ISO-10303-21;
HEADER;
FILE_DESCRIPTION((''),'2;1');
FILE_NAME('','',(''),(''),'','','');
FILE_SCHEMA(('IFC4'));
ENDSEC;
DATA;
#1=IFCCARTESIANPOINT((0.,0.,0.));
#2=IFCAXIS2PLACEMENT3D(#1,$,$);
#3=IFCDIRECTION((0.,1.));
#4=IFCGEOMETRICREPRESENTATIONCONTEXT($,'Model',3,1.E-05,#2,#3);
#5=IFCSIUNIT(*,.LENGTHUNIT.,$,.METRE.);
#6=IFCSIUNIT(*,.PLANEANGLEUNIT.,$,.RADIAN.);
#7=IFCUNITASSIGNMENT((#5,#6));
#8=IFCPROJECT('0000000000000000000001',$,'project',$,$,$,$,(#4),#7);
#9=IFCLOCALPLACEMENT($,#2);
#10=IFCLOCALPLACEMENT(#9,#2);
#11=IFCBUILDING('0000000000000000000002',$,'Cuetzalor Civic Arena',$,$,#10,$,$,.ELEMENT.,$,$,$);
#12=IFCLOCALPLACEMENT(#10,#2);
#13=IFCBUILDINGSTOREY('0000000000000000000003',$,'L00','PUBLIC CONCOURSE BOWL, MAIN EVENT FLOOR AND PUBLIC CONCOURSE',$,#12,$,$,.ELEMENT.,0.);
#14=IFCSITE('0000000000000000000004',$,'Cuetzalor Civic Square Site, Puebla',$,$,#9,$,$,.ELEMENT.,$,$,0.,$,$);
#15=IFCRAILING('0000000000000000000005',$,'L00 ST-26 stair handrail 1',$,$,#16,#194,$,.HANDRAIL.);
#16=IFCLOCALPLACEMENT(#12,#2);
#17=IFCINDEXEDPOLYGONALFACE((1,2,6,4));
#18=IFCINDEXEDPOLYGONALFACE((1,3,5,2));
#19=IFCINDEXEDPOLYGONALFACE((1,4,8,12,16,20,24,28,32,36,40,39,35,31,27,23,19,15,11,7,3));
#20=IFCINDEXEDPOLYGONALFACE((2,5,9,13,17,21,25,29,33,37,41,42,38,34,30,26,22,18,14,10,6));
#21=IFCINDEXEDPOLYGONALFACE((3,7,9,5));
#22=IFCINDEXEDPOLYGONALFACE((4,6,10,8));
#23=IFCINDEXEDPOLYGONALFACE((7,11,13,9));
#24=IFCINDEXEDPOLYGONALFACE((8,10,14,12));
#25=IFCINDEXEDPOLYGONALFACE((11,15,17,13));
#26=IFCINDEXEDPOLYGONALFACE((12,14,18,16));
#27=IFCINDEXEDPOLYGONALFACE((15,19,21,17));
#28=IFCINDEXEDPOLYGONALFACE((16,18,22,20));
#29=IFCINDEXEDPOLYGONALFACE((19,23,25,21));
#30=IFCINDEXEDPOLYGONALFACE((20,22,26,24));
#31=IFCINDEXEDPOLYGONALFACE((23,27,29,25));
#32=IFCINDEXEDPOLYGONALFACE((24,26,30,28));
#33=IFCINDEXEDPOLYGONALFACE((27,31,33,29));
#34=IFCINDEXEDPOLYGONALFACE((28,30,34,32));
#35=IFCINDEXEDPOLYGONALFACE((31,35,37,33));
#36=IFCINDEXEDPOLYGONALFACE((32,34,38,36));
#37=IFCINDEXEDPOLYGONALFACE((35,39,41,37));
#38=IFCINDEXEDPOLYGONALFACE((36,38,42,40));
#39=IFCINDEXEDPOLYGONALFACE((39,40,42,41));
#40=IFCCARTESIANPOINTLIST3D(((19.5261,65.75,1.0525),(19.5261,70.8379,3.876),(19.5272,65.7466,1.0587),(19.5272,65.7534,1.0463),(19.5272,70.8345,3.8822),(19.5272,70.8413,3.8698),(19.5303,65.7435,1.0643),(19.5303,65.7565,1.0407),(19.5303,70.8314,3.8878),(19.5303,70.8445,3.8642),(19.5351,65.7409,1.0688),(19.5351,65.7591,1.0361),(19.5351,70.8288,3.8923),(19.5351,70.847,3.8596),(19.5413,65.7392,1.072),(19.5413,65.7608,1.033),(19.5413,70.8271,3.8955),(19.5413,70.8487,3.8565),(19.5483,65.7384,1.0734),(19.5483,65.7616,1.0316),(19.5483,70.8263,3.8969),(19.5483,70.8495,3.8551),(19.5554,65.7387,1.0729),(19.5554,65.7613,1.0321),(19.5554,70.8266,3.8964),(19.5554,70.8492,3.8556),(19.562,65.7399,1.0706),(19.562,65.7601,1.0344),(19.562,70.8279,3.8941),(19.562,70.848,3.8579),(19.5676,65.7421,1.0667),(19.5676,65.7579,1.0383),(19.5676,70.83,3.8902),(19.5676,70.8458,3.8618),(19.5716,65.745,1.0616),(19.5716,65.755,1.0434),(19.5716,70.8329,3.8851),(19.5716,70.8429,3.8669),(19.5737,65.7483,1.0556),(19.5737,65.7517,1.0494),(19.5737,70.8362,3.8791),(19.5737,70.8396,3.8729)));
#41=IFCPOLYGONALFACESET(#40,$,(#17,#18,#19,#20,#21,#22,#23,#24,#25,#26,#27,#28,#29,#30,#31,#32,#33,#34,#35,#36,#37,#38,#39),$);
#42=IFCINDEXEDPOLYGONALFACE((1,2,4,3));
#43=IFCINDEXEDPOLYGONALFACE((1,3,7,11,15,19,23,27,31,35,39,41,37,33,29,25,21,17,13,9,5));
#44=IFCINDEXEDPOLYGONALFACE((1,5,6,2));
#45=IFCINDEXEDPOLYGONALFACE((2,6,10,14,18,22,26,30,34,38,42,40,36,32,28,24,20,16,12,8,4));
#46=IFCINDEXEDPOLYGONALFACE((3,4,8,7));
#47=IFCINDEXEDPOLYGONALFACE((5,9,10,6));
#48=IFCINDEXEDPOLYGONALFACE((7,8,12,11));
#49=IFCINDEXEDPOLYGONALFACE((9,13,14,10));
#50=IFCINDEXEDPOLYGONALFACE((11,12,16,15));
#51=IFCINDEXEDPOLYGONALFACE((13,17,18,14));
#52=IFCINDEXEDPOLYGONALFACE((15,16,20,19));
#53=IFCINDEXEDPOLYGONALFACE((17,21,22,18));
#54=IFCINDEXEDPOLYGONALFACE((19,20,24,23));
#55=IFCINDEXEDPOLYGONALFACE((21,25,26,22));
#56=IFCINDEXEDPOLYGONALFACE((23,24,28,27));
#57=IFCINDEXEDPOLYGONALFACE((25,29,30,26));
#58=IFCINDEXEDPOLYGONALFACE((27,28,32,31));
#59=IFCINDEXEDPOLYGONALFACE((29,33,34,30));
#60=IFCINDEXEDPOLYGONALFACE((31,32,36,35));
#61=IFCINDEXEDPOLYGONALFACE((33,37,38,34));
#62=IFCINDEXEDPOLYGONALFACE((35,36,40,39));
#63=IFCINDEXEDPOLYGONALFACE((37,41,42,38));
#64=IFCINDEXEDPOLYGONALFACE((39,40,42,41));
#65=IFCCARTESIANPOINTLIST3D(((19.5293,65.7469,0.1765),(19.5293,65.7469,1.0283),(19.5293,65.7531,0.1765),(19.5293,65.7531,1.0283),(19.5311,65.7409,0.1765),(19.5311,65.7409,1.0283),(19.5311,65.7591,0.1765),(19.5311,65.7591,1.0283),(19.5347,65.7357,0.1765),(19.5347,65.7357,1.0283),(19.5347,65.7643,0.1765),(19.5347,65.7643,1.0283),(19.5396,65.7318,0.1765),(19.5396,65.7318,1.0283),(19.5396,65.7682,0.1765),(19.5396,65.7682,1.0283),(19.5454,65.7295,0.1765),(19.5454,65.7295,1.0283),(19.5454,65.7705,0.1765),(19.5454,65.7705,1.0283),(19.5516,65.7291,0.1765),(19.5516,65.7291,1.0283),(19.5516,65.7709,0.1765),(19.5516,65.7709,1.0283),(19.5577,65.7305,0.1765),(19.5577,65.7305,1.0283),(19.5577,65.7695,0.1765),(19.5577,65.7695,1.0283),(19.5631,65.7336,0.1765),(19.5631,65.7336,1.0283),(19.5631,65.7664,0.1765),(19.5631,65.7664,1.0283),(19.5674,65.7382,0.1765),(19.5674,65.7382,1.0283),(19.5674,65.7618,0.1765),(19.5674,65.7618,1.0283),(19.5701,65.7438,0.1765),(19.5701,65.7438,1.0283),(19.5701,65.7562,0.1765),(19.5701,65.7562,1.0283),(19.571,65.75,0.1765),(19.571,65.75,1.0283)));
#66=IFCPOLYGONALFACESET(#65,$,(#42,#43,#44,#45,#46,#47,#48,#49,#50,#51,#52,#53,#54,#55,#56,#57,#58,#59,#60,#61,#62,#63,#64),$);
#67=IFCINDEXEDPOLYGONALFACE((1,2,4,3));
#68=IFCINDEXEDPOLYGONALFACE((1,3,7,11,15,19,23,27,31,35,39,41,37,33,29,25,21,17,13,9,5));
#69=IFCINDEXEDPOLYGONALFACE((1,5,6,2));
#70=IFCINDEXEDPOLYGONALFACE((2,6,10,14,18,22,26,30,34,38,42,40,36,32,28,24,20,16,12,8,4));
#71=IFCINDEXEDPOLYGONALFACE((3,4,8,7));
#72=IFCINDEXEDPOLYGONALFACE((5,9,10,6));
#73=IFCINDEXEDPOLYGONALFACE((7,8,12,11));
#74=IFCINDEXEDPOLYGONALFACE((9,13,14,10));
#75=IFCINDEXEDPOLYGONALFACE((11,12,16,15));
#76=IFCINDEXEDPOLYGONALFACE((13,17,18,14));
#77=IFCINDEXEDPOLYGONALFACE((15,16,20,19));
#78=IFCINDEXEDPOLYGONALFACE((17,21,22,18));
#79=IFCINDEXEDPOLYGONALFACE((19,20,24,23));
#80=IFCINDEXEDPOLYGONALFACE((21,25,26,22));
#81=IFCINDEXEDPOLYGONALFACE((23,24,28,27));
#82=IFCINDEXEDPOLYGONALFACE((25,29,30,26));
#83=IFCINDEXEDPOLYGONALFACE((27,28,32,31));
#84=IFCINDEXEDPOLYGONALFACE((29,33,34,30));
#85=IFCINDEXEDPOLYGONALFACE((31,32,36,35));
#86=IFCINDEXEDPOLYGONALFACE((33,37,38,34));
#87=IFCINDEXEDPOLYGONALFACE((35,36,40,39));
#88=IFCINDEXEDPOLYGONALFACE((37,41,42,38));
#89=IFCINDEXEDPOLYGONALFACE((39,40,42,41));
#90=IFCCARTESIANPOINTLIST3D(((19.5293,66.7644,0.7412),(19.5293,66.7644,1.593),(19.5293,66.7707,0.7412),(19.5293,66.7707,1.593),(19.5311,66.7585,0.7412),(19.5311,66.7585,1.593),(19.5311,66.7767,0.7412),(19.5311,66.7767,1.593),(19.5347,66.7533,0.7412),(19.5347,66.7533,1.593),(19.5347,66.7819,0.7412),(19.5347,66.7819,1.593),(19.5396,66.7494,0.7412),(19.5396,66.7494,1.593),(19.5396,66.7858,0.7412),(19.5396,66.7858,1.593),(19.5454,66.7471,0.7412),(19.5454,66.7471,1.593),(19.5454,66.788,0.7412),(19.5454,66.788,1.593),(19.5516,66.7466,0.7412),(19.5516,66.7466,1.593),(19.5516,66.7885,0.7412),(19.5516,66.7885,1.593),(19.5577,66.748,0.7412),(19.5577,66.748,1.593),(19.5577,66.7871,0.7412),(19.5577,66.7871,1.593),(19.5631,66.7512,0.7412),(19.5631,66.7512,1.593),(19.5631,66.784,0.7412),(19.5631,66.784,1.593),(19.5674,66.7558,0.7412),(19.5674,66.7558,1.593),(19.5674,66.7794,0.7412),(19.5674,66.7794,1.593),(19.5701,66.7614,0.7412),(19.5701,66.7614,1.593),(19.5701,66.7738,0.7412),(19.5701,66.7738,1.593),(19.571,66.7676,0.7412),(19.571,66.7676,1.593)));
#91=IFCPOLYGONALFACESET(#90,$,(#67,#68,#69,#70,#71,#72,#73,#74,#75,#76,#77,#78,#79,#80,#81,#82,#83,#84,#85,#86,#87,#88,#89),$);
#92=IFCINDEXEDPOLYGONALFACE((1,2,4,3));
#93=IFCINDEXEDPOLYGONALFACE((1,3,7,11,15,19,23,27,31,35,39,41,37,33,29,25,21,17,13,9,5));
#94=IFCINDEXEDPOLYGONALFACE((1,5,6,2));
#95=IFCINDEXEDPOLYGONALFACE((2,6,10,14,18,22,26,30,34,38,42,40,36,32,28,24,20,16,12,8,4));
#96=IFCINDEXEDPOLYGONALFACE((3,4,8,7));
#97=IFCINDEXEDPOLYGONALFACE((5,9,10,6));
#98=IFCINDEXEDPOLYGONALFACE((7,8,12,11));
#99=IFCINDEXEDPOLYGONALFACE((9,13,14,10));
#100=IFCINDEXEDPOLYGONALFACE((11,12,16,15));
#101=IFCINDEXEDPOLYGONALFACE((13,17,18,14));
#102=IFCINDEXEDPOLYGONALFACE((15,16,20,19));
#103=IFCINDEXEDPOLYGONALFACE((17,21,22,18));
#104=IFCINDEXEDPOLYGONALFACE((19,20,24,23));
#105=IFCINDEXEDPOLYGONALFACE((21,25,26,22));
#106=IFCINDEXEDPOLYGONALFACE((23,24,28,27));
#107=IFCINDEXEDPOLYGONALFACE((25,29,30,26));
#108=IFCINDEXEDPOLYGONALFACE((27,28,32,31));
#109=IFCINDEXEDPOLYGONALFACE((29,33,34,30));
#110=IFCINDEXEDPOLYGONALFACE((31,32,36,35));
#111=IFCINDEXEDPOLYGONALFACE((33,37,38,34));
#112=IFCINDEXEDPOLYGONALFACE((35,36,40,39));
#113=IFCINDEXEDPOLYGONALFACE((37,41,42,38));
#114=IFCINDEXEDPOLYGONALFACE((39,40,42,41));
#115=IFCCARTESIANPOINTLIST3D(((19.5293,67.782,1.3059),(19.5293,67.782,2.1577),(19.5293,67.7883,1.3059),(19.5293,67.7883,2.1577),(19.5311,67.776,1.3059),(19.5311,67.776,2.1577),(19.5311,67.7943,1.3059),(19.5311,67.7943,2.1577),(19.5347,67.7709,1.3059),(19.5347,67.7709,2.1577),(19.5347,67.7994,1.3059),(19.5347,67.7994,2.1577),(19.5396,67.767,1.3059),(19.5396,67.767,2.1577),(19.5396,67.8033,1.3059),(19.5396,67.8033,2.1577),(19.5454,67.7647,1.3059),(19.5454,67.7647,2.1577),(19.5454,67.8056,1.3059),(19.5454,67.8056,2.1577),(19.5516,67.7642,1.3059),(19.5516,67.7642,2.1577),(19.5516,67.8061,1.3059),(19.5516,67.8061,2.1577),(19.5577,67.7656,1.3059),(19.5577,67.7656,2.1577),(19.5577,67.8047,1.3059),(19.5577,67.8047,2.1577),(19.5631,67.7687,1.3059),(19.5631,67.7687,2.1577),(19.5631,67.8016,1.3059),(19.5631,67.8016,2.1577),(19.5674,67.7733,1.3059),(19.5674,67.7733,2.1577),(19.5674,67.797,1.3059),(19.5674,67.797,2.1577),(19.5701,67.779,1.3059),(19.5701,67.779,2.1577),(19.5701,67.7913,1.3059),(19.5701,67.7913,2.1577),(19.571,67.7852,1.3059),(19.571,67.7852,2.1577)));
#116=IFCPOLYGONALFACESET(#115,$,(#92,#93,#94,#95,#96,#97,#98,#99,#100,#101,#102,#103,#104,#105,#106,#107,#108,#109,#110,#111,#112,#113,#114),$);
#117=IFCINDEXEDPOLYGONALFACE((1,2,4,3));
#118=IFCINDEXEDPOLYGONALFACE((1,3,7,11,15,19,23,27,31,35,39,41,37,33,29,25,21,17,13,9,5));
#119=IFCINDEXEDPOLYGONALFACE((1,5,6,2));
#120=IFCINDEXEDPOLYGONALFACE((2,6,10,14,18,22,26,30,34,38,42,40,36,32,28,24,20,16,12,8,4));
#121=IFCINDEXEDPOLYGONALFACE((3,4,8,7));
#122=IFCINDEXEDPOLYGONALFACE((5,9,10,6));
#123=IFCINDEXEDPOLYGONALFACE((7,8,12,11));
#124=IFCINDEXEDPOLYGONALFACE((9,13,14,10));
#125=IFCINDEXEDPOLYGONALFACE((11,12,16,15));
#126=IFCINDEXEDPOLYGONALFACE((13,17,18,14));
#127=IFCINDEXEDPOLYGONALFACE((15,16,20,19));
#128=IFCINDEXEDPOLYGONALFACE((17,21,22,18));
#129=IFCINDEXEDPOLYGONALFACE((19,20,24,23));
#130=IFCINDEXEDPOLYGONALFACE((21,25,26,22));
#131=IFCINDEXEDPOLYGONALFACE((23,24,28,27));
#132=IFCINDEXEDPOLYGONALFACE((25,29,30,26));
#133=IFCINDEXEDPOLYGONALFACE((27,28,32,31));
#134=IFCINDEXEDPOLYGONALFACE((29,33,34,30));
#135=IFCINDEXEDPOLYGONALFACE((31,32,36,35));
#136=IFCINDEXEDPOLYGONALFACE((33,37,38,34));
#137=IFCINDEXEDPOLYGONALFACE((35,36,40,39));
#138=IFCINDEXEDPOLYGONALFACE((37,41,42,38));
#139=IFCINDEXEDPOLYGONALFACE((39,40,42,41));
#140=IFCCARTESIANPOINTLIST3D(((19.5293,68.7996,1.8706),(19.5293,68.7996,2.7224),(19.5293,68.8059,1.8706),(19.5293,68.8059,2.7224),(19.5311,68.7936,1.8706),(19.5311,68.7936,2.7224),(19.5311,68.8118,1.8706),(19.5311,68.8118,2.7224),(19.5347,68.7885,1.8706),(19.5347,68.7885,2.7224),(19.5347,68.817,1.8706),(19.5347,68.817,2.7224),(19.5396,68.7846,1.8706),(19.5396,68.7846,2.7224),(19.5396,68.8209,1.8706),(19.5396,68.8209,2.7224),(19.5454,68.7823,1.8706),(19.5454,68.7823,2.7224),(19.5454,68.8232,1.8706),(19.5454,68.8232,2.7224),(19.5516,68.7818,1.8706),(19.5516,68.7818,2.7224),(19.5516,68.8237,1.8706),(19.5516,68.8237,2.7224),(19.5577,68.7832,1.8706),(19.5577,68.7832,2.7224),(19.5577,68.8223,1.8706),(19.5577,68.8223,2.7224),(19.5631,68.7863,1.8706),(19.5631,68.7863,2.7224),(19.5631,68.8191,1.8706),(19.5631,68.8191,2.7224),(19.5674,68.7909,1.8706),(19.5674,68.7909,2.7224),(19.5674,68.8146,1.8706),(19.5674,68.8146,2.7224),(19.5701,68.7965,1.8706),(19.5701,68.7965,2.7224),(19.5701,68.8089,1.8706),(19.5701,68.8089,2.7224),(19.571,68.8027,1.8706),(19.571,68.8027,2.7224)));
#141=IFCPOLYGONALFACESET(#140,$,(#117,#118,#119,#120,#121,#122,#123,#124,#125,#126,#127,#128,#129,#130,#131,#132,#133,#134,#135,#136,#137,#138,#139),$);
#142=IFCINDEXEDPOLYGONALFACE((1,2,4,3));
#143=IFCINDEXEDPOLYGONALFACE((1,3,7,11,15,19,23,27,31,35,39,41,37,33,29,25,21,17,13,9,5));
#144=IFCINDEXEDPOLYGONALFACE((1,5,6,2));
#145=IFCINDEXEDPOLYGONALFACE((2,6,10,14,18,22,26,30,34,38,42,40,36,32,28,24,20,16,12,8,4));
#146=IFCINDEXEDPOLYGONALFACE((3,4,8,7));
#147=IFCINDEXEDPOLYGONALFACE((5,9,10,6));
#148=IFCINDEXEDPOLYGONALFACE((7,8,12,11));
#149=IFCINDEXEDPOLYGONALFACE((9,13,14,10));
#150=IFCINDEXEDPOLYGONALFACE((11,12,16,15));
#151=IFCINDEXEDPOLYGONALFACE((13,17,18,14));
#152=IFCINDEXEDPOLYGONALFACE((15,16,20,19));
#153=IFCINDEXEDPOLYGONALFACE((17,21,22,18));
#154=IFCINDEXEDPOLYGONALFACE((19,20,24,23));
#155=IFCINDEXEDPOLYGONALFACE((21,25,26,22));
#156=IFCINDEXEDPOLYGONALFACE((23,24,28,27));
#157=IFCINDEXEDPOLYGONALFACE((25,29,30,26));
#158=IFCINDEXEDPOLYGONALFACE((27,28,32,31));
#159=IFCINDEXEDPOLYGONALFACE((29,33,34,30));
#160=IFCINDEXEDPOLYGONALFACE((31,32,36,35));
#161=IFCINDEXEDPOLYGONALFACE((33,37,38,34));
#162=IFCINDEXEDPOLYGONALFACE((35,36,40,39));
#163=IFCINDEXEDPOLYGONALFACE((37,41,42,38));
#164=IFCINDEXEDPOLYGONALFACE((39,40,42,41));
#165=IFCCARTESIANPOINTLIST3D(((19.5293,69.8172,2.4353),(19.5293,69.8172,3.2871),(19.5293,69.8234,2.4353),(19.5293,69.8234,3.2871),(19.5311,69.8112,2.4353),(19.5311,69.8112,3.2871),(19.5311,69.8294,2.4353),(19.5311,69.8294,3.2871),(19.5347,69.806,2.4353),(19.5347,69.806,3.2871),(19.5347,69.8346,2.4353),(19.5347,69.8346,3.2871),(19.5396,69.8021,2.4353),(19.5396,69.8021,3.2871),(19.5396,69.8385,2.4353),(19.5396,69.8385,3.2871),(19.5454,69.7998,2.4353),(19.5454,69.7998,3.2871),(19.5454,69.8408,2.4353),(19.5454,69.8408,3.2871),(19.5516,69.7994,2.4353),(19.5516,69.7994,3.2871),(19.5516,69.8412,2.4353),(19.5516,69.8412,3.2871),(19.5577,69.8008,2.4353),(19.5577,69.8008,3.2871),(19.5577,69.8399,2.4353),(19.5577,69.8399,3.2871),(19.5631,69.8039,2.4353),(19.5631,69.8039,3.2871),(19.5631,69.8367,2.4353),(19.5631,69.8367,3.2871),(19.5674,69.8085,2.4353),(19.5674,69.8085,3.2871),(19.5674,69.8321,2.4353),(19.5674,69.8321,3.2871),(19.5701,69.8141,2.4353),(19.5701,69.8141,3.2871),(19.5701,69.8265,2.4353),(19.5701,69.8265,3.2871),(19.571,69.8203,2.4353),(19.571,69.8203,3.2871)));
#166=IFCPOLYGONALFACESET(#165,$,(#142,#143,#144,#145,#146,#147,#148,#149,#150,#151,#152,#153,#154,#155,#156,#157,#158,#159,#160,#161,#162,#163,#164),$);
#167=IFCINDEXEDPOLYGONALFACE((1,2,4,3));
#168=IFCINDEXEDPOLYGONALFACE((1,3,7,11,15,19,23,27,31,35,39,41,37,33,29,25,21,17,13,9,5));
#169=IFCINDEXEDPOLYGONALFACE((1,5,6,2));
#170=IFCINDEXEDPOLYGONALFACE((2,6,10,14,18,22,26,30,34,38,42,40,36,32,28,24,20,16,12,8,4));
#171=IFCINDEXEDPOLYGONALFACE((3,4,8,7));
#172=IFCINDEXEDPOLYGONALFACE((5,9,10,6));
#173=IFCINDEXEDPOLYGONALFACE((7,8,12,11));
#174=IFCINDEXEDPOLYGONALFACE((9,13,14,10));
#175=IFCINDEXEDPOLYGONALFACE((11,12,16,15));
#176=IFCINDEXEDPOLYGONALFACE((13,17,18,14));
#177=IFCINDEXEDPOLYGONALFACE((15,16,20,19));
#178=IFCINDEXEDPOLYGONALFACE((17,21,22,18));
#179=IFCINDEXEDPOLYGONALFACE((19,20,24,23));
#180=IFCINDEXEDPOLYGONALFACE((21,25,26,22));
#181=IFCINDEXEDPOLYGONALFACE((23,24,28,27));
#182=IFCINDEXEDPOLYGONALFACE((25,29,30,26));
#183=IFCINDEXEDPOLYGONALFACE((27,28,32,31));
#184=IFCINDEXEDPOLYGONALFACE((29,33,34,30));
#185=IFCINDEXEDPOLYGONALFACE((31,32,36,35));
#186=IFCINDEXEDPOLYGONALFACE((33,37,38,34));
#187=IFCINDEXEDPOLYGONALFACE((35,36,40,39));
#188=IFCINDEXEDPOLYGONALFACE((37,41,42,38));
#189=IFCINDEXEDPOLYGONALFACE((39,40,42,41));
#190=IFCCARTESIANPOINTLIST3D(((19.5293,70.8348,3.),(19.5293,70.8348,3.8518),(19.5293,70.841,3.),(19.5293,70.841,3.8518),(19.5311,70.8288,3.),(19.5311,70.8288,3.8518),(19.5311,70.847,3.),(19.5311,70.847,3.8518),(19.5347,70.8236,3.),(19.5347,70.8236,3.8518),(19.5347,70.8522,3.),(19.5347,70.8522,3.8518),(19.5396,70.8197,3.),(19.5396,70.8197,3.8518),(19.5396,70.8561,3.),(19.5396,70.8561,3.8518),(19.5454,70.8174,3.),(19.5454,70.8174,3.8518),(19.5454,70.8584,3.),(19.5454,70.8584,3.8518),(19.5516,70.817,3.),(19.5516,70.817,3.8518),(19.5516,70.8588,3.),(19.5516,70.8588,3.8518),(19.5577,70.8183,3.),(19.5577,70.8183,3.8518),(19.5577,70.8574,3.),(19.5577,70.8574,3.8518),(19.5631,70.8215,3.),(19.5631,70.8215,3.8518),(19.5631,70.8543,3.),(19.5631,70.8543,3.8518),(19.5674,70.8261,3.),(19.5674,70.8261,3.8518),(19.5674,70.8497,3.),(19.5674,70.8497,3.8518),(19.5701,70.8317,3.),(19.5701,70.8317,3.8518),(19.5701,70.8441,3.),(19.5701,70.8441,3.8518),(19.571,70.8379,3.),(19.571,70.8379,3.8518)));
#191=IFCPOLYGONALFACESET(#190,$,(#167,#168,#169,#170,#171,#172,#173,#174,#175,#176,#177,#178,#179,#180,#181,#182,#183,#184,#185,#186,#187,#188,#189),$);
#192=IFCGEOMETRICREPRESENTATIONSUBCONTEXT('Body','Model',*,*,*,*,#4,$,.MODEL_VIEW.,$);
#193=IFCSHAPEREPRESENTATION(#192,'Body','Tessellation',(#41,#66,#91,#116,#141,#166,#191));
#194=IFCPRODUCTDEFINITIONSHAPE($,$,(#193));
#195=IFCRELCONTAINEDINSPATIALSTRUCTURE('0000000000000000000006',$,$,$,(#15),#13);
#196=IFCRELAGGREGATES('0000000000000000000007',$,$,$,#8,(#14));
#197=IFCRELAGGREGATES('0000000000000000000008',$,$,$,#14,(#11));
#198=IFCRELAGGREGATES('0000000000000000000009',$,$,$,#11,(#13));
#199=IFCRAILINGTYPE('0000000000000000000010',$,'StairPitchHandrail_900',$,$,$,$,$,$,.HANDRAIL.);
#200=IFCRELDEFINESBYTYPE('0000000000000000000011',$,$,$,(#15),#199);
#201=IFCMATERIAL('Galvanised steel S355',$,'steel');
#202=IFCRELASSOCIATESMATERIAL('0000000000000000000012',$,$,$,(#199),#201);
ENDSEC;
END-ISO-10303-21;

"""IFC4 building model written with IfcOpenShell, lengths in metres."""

from ifc_helpers import new_model, si_unit, direction, frame, origin, origin_2d, place, context, subcontext, project, spatial, circle, extrude, material, type_object, element, save


model = new_model("IFC4")

# Units and contexts
model_context = context("Model", 3, precision=1e-05, world=origin(), true_north=direction((0.0, 1.0)))
body_context = subcontext(model_context, "Body", "Model", "MODEL_VIEW")
ifc_project = project(units=[si_unit("LENGTHUNIT", "METRE"), si_unit("PLANEANGLEUNIT", "RADIAN")], contexts=[model_context])

# Site, building, storey
site_placement = place(None, origin())
site = spatial("IfcSite", under=ifc_project, at=site_placement, Name="Cuetzalor Civic Square Site, Puebla", CompositionType="ELEMENT", RefElevation=0.0)
building_placement = place(site_placement, origin())
building = spatial("IfcBuilding", under=site, at=building_placement, Name="Cuetzalor Civic Arena", CompositionType="ELEMENT")
storey_placement = place(building_placement, origin())
storey = spatial("IfcBuildingStorey", under=building, at=storey_placement, Name="L00", Description="PUBLIC CONCOURSE BOWL, MAIN EVENT FLOOR AND PUBLIC CONCOURSE", CompositionType="ELEMENT", Elevation=0.0)

# Railing
ifc_material_1 = material(Name="Galvanised steel S355", Category="steel")
railing_type_1 = type_object("IfcRailingType", Name="StairPitchHandrail_900", PredefinedType="HANDRAIL", material=ifc_material_1)
railing_1_placement = place(storey_placement, frame((19.55, 65.75, 0.1765)))
element("IfcRailing", 1, at=railing_1_placement, inside=storey, type_object=railing_type_1, Name="L00 ST-26 stair handrail 1", PredefinedType="HANDRAIL", context=body_context, shape_type="SweptSolid", body=[
    extrude(circle(Radius=0.0239, at=origin_2d()), frame((0.0, 0.0, 0.876), z_axis=(0.0, 0.874385, 0.485233), x_axis=(-1.0, 0.0, 0.0)), (0.0, 0.0, 1.0), 5.8188),
    extrude(circle(Radius=0.021, at=origin_2d()), origin(), (0.0, 0.0, 1.0), 0.8518),
    extrude(circle(Radius=0.021, at=origin_2d()), frame((0.0, 1.0176, 0.5647)), (0.0, 0.0, 1.0), 0.8518),
    extrude(circle(Radius=0.021, at=origin_2d()), frame((0.0, 2.0352, 1.1294)), (0.0, 0.0, 1.0), 0.8518),
    extrude(circle(Radius=0.021, at=origin_2d()), frame((0.0, 3.0527, 1.6941)), (0.0, 0.0, 1.0), 0.8518),
    extrude(circle(Radius=0.021, at=origin_2d()), frame((0.0, 4.0703, 2.2588)), (0.0, 0.0, 1.0), 0.8518),
    extrude(circle(Radius=0.021, at=origin_2d()), frame((0.0, 5.0879, 2.8235)), (0.0, 0.0, 1.0), 0.8518),
])

save(model, "model.ifc")
